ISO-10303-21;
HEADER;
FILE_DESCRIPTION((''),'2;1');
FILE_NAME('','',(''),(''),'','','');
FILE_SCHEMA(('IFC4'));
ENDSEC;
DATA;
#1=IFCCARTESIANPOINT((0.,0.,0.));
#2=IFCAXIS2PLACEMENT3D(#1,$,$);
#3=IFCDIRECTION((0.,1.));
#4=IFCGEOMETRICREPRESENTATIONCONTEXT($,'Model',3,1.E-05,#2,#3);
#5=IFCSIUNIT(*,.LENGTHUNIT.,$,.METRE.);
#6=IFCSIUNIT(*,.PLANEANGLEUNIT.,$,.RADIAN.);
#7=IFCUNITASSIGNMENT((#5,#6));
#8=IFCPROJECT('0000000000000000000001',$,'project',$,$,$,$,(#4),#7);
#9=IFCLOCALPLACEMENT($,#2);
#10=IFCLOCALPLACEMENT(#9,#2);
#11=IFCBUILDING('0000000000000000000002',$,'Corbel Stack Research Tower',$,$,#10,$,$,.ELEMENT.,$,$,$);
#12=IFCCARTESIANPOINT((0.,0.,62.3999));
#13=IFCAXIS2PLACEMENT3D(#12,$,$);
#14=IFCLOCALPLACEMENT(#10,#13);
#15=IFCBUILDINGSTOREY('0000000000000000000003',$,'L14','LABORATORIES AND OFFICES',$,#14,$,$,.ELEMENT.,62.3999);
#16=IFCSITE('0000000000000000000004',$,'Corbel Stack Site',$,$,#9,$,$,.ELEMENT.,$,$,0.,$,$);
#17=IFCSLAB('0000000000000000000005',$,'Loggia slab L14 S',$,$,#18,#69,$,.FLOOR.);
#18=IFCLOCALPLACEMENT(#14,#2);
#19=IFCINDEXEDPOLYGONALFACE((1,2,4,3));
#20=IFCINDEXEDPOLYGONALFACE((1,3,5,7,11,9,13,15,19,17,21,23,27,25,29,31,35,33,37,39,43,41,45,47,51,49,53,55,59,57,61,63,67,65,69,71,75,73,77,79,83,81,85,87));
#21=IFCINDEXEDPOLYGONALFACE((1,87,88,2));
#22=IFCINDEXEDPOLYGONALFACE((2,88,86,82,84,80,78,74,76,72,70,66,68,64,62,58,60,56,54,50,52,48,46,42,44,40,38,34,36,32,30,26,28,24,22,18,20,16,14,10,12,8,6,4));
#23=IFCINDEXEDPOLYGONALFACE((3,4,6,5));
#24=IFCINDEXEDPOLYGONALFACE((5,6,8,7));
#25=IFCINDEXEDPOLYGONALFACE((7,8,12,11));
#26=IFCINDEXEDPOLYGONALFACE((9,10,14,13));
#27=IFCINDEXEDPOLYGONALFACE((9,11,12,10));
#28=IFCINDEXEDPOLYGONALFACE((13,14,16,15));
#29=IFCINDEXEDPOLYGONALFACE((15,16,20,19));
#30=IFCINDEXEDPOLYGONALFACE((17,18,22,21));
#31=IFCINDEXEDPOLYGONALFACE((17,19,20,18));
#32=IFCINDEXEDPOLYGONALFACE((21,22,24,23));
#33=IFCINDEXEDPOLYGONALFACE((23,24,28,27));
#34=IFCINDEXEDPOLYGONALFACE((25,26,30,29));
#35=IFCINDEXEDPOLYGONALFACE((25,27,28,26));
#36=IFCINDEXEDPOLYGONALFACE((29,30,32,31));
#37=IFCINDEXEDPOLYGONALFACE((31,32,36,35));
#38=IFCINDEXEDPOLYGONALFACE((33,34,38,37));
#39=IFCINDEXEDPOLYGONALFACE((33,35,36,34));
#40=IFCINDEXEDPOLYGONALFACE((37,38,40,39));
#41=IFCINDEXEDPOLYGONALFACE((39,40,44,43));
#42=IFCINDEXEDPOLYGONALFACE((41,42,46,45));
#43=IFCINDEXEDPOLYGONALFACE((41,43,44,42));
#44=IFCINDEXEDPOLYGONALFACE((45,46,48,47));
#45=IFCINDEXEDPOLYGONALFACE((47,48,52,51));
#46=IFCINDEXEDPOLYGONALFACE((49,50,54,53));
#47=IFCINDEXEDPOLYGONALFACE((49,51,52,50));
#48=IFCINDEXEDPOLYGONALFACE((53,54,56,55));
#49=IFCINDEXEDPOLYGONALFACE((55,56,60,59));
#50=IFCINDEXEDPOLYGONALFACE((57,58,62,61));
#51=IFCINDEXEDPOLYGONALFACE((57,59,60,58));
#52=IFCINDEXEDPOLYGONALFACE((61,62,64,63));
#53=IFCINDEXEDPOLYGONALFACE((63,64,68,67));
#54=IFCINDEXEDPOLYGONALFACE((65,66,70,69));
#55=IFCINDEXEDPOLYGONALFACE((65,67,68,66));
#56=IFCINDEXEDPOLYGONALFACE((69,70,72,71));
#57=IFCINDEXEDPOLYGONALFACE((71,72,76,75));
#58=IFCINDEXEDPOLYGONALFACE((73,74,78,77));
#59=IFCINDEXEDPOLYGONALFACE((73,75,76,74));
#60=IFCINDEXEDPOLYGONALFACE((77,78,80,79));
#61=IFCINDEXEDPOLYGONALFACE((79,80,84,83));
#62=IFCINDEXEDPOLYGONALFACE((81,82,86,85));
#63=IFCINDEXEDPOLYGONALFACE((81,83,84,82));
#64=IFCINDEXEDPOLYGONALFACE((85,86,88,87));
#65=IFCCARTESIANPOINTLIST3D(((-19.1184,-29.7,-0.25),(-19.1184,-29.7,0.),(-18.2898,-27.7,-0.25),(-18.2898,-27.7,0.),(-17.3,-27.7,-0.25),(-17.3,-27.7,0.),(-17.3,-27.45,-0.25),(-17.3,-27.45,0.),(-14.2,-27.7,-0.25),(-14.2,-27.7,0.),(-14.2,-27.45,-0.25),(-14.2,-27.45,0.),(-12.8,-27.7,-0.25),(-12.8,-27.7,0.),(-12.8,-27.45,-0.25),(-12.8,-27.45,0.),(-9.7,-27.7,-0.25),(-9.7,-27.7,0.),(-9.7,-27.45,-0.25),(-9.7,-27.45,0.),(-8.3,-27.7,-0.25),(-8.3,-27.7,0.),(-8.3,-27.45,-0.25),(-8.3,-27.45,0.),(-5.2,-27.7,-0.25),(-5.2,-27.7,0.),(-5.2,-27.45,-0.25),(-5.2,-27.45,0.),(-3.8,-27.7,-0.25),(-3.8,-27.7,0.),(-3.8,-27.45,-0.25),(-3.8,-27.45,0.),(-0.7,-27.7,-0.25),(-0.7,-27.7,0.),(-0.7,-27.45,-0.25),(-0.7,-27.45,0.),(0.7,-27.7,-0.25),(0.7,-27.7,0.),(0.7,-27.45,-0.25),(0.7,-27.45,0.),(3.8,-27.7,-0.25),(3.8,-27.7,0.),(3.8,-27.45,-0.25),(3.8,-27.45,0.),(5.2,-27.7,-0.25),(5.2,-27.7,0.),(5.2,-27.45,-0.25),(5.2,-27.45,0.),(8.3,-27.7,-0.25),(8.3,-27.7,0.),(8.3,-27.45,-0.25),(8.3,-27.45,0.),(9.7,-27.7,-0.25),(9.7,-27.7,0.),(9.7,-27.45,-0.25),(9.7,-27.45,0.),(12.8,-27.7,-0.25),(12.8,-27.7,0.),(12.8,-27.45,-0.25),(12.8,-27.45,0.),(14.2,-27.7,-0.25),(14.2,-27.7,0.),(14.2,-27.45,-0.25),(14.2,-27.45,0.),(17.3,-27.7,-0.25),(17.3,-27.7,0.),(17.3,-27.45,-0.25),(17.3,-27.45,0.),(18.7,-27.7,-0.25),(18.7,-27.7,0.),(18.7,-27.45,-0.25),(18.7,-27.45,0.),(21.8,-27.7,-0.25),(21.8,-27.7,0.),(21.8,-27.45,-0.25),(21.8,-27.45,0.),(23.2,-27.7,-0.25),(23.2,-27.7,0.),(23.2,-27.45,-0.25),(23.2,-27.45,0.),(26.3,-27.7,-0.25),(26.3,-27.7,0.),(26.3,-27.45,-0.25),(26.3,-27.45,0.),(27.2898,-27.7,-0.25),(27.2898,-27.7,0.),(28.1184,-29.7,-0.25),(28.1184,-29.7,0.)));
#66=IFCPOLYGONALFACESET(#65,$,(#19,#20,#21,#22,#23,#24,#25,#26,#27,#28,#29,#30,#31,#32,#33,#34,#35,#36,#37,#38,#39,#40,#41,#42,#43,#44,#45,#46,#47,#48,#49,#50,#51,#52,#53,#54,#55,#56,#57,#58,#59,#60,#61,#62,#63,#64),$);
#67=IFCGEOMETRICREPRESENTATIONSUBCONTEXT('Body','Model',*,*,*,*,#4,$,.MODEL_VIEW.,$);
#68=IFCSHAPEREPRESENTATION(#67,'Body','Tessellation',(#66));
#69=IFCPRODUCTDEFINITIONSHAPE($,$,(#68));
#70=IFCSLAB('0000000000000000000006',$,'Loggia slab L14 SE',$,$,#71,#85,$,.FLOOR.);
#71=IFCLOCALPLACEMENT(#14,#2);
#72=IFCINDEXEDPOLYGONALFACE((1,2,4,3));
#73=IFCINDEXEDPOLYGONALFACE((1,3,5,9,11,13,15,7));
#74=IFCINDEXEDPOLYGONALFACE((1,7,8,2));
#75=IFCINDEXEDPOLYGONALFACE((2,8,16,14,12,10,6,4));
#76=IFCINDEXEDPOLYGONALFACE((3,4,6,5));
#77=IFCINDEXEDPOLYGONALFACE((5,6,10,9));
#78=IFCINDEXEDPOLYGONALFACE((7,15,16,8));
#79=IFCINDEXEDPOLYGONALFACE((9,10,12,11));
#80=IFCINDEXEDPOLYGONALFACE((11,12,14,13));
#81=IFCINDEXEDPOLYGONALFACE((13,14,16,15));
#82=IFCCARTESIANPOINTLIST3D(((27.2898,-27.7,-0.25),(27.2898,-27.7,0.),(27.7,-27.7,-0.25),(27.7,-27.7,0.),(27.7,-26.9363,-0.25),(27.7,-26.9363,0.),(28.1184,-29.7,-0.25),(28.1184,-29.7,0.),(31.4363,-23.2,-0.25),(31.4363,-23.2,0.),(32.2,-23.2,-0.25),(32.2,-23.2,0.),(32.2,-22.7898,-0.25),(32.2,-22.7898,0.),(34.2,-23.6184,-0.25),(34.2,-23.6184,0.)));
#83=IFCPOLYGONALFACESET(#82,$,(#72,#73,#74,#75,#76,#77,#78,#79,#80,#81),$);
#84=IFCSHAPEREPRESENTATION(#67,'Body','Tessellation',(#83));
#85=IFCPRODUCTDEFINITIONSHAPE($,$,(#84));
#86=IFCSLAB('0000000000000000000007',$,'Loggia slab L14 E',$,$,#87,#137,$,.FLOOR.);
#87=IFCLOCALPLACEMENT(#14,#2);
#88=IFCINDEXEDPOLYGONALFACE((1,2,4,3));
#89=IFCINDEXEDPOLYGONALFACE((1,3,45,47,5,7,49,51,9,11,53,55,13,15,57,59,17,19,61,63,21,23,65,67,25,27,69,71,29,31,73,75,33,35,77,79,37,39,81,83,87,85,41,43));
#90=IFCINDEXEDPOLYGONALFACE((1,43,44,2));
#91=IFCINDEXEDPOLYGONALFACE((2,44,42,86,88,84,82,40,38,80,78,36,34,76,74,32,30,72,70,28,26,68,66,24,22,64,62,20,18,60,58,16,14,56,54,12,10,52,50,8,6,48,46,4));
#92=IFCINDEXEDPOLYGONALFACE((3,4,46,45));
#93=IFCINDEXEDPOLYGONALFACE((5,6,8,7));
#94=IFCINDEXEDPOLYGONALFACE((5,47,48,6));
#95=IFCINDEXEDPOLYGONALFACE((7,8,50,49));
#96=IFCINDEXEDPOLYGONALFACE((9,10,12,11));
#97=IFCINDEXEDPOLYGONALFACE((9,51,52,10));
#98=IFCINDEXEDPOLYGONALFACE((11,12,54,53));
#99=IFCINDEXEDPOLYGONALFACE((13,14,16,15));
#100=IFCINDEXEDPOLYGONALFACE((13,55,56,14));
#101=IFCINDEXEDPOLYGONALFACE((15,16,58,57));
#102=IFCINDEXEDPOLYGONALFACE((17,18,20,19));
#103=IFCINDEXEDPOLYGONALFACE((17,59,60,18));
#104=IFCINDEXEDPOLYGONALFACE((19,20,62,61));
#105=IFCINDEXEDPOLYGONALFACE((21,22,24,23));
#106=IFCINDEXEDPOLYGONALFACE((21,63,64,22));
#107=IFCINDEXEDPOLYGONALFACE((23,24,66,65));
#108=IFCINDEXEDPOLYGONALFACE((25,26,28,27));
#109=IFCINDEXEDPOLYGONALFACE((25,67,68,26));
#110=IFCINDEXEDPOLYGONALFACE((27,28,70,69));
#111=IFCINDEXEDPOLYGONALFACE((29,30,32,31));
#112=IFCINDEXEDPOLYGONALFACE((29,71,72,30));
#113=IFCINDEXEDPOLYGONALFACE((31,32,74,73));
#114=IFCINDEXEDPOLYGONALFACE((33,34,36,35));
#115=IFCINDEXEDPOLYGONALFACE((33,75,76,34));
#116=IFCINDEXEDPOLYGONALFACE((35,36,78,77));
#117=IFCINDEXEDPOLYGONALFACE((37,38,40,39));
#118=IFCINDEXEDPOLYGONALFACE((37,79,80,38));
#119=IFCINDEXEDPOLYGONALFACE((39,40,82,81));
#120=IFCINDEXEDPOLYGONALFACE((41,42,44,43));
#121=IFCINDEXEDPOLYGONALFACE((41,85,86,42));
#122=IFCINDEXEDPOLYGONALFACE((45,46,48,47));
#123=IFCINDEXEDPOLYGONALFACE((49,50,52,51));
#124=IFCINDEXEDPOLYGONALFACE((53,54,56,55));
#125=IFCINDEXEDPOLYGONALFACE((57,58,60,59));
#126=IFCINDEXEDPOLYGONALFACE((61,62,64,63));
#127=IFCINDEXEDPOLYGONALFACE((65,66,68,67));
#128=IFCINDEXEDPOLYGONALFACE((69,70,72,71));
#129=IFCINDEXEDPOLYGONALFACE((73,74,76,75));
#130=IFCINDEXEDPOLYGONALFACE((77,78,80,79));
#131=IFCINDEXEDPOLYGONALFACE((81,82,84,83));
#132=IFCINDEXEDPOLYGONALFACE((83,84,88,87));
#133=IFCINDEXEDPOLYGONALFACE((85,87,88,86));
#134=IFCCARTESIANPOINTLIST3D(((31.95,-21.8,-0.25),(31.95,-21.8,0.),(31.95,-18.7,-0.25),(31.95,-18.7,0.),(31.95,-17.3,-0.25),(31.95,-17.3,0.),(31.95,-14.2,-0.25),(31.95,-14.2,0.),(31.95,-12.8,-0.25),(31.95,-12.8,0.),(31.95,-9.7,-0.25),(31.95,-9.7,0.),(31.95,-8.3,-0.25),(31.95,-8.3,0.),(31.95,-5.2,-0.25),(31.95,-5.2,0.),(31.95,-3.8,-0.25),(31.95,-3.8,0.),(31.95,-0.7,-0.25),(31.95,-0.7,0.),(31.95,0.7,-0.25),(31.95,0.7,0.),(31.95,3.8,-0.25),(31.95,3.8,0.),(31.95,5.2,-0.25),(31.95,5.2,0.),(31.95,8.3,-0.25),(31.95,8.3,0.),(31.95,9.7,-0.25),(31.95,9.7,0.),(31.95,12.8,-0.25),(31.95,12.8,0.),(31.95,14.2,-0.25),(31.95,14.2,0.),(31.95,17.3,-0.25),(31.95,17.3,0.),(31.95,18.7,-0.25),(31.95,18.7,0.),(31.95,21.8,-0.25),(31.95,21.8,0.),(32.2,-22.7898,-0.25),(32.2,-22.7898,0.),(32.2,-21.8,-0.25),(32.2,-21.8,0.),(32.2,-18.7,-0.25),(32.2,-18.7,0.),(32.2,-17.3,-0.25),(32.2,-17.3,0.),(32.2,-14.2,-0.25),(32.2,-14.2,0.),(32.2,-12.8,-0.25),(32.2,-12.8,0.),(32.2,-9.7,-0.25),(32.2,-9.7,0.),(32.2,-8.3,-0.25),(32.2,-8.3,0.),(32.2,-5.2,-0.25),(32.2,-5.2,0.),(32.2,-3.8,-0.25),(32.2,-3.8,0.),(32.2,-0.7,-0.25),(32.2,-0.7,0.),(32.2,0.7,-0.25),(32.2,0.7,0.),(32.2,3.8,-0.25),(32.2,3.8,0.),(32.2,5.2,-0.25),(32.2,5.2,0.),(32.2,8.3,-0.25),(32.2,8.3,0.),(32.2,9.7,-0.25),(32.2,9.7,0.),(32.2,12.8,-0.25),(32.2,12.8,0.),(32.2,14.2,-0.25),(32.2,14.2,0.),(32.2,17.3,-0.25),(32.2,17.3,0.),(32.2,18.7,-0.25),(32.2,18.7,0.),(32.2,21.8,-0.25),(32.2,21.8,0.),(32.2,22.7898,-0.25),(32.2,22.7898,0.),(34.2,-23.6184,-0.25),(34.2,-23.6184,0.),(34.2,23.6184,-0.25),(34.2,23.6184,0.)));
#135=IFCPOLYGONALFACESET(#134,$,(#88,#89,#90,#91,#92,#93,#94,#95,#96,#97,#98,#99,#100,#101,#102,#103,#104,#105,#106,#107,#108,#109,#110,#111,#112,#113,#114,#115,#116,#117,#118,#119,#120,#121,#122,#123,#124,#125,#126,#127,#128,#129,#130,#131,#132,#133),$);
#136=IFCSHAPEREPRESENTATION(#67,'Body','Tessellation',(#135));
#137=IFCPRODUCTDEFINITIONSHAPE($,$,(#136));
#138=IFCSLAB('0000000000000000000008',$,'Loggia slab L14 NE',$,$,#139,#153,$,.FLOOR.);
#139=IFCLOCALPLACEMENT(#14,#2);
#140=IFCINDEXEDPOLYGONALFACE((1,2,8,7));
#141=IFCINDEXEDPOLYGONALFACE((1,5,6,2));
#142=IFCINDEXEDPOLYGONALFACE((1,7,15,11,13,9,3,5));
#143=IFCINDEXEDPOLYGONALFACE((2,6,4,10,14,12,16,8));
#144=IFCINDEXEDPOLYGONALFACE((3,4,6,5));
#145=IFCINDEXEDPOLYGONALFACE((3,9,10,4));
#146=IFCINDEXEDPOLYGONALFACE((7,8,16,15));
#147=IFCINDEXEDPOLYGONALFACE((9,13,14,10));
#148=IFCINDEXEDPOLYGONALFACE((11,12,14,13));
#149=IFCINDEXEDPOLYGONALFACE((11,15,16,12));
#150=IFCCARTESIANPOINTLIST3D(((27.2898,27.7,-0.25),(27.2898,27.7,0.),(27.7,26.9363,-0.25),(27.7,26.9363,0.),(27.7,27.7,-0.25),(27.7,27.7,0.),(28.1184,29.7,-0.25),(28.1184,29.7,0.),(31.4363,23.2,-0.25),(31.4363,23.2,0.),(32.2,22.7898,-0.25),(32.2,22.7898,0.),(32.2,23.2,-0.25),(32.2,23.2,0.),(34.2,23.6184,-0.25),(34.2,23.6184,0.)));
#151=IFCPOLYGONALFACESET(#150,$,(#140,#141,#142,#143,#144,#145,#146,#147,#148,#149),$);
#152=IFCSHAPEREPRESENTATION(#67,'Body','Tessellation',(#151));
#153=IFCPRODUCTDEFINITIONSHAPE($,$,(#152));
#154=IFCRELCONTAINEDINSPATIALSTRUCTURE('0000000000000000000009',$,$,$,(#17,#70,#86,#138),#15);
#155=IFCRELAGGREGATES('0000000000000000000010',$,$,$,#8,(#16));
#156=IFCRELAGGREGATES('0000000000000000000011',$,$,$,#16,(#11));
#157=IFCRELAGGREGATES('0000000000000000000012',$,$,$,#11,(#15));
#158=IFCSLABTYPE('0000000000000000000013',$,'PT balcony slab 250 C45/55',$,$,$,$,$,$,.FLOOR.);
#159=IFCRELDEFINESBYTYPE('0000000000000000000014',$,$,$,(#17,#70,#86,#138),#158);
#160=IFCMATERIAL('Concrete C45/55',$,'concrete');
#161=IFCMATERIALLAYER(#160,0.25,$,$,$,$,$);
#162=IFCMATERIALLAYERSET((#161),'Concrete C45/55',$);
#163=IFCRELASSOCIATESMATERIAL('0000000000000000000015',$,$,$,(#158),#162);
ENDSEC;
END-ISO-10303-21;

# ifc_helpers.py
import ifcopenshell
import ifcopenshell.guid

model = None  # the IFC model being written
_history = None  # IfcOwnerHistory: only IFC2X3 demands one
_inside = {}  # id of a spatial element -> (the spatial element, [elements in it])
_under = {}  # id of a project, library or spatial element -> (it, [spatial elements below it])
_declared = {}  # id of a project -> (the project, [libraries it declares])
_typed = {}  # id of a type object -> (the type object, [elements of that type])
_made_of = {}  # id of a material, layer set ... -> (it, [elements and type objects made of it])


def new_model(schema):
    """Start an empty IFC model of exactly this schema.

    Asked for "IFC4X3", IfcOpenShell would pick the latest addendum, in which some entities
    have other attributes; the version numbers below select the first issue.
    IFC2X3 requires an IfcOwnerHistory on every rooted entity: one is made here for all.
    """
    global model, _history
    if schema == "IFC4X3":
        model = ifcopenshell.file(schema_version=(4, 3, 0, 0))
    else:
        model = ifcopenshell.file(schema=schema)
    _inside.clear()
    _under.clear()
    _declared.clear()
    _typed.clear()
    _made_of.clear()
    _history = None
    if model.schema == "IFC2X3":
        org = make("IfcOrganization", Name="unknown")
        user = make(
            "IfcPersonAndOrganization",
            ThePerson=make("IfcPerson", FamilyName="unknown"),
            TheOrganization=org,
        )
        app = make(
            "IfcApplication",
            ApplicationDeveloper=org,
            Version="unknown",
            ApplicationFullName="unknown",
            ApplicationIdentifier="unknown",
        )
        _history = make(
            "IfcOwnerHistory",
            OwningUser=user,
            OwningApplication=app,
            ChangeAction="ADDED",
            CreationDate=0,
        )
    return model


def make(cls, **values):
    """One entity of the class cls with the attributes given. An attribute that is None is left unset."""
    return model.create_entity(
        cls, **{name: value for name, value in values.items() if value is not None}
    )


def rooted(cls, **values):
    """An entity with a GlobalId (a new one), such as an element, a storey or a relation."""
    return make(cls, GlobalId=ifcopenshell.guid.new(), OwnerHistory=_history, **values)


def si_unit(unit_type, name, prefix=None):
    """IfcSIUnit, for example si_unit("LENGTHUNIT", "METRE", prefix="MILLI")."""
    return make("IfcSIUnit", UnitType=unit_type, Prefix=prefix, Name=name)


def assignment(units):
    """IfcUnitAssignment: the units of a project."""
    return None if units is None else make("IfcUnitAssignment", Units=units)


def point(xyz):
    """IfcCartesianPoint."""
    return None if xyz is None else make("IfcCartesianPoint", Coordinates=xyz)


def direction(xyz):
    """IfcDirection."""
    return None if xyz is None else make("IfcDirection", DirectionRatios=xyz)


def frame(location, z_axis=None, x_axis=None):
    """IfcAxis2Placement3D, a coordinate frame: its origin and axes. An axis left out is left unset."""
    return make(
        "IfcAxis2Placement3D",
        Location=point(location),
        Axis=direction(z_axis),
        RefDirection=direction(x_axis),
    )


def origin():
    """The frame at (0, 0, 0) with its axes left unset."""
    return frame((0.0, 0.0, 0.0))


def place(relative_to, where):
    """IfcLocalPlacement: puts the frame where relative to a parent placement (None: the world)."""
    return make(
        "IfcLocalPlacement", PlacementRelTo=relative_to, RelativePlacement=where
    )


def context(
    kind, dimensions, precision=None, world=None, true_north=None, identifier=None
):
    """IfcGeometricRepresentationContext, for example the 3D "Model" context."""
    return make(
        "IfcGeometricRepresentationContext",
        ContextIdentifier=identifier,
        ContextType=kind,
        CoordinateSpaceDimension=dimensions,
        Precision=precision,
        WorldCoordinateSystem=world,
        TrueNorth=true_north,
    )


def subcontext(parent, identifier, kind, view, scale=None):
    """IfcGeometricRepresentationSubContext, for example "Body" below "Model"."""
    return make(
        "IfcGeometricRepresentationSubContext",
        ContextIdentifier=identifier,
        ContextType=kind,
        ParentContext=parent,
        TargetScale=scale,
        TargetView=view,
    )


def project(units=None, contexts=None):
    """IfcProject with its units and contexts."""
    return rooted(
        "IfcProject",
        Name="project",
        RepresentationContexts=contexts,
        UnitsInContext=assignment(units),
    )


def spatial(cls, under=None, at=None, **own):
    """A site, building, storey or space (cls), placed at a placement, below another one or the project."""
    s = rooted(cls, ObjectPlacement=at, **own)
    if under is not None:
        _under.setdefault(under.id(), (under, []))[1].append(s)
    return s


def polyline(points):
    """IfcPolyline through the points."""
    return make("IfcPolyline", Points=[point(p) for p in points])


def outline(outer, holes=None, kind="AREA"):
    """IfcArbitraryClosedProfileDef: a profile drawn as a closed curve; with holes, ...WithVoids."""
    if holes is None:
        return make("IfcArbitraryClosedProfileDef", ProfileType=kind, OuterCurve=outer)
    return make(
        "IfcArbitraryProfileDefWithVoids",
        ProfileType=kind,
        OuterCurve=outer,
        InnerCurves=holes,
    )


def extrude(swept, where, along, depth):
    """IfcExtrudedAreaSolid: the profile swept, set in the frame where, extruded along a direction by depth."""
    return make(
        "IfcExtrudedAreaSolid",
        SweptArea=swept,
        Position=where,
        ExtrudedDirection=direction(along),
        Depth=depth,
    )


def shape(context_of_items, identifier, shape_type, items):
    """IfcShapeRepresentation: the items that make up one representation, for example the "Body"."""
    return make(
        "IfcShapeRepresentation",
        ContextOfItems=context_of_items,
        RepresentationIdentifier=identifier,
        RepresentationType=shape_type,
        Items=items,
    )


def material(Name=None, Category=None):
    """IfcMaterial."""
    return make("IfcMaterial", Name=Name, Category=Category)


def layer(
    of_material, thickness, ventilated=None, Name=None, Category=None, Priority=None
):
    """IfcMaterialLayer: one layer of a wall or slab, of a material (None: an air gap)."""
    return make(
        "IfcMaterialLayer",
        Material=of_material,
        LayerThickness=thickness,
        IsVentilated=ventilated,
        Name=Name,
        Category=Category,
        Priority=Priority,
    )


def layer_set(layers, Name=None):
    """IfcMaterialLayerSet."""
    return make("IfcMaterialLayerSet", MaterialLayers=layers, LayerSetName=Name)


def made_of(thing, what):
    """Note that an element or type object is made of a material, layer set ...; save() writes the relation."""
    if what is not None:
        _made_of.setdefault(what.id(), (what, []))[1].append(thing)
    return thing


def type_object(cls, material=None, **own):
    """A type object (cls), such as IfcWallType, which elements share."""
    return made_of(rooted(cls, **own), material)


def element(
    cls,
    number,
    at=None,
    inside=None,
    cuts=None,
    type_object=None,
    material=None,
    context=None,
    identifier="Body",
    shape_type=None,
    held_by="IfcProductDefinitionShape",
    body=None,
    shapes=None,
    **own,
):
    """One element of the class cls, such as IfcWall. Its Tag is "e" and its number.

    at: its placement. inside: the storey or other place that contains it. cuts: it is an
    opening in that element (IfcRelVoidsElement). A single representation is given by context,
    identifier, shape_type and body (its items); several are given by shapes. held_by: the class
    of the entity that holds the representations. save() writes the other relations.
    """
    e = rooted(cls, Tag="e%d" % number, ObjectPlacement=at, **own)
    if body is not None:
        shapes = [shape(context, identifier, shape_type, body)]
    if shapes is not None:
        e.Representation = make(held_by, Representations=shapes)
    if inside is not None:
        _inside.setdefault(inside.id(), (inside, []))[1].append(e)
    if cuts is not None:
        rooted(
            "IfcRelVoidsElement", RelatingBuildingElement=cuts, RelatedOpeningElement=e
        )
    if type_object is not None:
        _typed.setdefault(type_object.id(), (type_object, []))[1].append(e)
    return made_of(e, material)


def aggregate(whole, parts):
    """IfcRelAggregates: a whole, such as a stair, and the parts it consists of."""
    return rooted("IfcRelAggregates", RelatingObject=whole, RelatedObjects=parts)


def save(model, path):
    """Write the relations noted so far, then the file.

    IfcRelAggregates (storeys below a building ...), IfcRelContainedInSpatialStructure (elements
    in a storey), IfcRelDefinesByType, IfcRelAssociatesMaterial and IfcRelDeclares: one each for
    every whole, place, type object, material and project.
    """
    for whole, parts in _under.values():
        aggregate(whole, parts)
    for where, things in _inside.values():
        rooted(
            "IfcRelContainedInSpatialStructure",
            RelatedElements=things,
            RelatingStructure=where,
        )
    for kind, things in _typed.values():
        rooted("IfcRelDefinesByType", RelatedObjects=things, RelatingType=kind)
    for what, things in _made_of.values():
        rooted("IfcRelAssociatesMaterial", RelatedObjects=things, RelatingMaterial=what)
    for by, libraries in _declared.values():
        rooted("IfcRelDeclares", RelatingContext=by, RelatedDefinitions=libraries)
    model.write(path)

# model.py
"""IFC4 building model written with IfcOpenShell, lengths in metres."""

from ifc_helpers import new_model, si_unit, direction, frame, origin, place, context, subcontext, project, spatial, polyline, outline, extrude, material, layer, layer_set, type_object, element, save


model = new_model("IFC4")

# Units and contexts
model_context = context("Model", 3, precision=1e-05, world=origin(), true_north=direction((0.0, 1.0)))
body_context = subcontext(model_context, "Body", "Model", "MODEL_VIEW")
ifc_project = project(units=[si_unit("LENGTHUNIT", "METRE"), si_unit("PLANEANGLEUNIT", "RADIAN")], contexts=[model_context])

# Site, building, storey
site_placement = place(None, origin())
site = spatial("IfcSite", under=ifc_project, at=site_placement, Name="Corbel Stack Site", CompositionType="ELEMENT", RefElevation=0.0)
building_placement = place(site_placement, origin())
building = spatial("IfcBuilding", under=site, at=building_placement, Name="Corbel Stack Research Tower", CompositionType="ELEMENT")
storey_placement = place(building_placement, frame((0.0, 0.0, 62.3999)))
storey = spatial("IfcBuildingStorey", under=building, at=storey_placement, Name="L14", Description="LABORATORIES AND OFFICES", CompositionType="ELEMENT", Elevation=62.3999)

# Slabs
ifc_material_1 = material(Name="Concrete C45/55", Category="concrete")
ifc_layer_1 = layer(ifc_material_1, 0.25)
ifc_layer_set_1 = layer_set([ifc_layer_1], Name="Concrete C45/55")
slab_type_1 = type_object("IfcSlabType", Name="PT balcony slab 250 C45/55", PredefinedType="FLOOR", material=ifc_layer_set_1)
slab_1_placement = place(storey_placement, frame((0.0, 0.0, -0.25)))
element("IfcSlab", 1, at=slab_1_placement, inside=storey, type_object=slab_type_1, Name="Loggia slab L14 S", PredefinedType="FLOOR", context=body_context, shape_type="SweptSolid", body=[
    extrude(outline(polyline([(27.2898, -27.7), (26.3, -27.7), (26.3, -27.45), (23.2, -27.45), (23.2, -27.7), (21.8, -27.7), (21.8, -27.45), (18.7, -27.45), (18.7, -27.7), (17.3, -27.7), (17.3, -27.45), (14.2, -27.45), (14.2, -27.7), (12.8, -27.7), (12.8, -27.45), (9.7, -27.45), (9.7, -27.7), (8.3, -27.7), (8.3, -27.45), (5.2, -27.45), (5.2, -27.7), (3.8, -27.7), (3.8, -27.45), (0.7, -27.45), (0.7, -27.7), (-0.7, -27.7), (-0.7, -27.45), (-3.8, -27.45), (-3.8, -27.7), (-5.2, -27.7), (-5.2, -27.45), (-8.3, -27.45), (-8.3, -27.7), (-9.7, -27.7), (-9.7, -27.45), (-12.8, -27.45), (-12.8, -27.7), (-14.2, -27.7), (-14.2, -27.45), (-17.3, -27.45), (-17.3, -27.7), (-18.2898, -27.7), (-19.1184, -29.7), (28.1184, -29.7), (27.2898, -27.7)])), origin(), (0.0, 0.0, 1.0), 0.25),
])
slab_2_placement = place(storey_placement, frame((0.0, 0.0, -0.25)))
element("IfcSlab", 2, at=slab_2_placement, inside=storey, type_object=slab_type_1, Name="Loggia slab L14 SE", PredefinedType="FLOOR", context=body_context, shape_type="SweptSolid", body=[
    extrude(outline(polyline([(32.2, -22.7898), (32.2, -23.2), (31.4363, -23.2), (27.7, -26.9363), (27.7, -27.7), (27.2898, -27.7), (28.1184, -29.7), (34.2, -23.6184), (32.2, -22.7898)])), origin(), (0.0, 0.0, 1.0), 0.25),
])
slab_3_placement = place(storey_placement, frame((0.0, 0.0, -0.25)))
element("IfcSlab", 3, at=slab_3_placement, inside=storey, type_object=slab_type_1, Name="Loggia slab L14 E", PredefinedType="FLOOR", context=body_context, shape_type="SweptSolid", body=[
    extrude(outline(polyline([(32.2, 22.7898), (32.2, 21.8), (31.95, 21.8), (31.95, 18.7), (32.2, 18.7), (32.2, 17.3), (31.95, 17.3), (31.95, 14.2), (32.2, 14.2), (32.2, 12.8), (31.95, 12.8), (31.95, 9.7), (32.2, 9.7), (32.2, 8.3), (31.95, 8.3), (31.95, 5.2), (32.2, 5.2), (32.2, 3.8), (31.95, 3.8), (31.95, 0.7), (32.2, 0.7), (32.2, -0.7), (31.95, -0.7), (31.95, -3.8), (32.2, -3.8), (32.2, -5.2), (31.95, -5.2), (31.95, -8.3), (32.2, -8.3), (32.2, -9.7), (31.95, -9.7), (31.95, -12.8), (32.2, -12.8), (32.2, -14.2), (31.95, -14.2), (31.95, -17.3), (32.2, -17.3), (32.2, -18.7), (31.95, -18.7), (31.95, -21.8), (32.2, -21.8), (32.2, -22.7898), (34.2, -23.6184), (34.2, 23.6184), (32.2, 22.7898)])), origin(), (0.0, 0.0, 1.0), 0.25),
])
slab_4_placement = place(storey_placement, frame((0.0, 0.0, -0.25)))
element("IfcSlab", 4, at=slab_4_placement, inside=storey, type_object=slab_type_1, Name="Loggia slab L14 NE", PredefinedType="FLOOR", context=body_context, shape_type="SweptSolid", body=[
    extrude(outline(polyline([(27.2898, 27.7), (27.7, 27.7), (27.7, 26.9363), (31.4363, 23.2), (32.2, 23.2), (32.2, 22.7898), (34.2, 23.6184), (28.1184, 29.7), (27.2898, 27.7)])), origin(), (0.0, 0.0, 1.0), 0.25),
])

save(model, "model.ifc")
